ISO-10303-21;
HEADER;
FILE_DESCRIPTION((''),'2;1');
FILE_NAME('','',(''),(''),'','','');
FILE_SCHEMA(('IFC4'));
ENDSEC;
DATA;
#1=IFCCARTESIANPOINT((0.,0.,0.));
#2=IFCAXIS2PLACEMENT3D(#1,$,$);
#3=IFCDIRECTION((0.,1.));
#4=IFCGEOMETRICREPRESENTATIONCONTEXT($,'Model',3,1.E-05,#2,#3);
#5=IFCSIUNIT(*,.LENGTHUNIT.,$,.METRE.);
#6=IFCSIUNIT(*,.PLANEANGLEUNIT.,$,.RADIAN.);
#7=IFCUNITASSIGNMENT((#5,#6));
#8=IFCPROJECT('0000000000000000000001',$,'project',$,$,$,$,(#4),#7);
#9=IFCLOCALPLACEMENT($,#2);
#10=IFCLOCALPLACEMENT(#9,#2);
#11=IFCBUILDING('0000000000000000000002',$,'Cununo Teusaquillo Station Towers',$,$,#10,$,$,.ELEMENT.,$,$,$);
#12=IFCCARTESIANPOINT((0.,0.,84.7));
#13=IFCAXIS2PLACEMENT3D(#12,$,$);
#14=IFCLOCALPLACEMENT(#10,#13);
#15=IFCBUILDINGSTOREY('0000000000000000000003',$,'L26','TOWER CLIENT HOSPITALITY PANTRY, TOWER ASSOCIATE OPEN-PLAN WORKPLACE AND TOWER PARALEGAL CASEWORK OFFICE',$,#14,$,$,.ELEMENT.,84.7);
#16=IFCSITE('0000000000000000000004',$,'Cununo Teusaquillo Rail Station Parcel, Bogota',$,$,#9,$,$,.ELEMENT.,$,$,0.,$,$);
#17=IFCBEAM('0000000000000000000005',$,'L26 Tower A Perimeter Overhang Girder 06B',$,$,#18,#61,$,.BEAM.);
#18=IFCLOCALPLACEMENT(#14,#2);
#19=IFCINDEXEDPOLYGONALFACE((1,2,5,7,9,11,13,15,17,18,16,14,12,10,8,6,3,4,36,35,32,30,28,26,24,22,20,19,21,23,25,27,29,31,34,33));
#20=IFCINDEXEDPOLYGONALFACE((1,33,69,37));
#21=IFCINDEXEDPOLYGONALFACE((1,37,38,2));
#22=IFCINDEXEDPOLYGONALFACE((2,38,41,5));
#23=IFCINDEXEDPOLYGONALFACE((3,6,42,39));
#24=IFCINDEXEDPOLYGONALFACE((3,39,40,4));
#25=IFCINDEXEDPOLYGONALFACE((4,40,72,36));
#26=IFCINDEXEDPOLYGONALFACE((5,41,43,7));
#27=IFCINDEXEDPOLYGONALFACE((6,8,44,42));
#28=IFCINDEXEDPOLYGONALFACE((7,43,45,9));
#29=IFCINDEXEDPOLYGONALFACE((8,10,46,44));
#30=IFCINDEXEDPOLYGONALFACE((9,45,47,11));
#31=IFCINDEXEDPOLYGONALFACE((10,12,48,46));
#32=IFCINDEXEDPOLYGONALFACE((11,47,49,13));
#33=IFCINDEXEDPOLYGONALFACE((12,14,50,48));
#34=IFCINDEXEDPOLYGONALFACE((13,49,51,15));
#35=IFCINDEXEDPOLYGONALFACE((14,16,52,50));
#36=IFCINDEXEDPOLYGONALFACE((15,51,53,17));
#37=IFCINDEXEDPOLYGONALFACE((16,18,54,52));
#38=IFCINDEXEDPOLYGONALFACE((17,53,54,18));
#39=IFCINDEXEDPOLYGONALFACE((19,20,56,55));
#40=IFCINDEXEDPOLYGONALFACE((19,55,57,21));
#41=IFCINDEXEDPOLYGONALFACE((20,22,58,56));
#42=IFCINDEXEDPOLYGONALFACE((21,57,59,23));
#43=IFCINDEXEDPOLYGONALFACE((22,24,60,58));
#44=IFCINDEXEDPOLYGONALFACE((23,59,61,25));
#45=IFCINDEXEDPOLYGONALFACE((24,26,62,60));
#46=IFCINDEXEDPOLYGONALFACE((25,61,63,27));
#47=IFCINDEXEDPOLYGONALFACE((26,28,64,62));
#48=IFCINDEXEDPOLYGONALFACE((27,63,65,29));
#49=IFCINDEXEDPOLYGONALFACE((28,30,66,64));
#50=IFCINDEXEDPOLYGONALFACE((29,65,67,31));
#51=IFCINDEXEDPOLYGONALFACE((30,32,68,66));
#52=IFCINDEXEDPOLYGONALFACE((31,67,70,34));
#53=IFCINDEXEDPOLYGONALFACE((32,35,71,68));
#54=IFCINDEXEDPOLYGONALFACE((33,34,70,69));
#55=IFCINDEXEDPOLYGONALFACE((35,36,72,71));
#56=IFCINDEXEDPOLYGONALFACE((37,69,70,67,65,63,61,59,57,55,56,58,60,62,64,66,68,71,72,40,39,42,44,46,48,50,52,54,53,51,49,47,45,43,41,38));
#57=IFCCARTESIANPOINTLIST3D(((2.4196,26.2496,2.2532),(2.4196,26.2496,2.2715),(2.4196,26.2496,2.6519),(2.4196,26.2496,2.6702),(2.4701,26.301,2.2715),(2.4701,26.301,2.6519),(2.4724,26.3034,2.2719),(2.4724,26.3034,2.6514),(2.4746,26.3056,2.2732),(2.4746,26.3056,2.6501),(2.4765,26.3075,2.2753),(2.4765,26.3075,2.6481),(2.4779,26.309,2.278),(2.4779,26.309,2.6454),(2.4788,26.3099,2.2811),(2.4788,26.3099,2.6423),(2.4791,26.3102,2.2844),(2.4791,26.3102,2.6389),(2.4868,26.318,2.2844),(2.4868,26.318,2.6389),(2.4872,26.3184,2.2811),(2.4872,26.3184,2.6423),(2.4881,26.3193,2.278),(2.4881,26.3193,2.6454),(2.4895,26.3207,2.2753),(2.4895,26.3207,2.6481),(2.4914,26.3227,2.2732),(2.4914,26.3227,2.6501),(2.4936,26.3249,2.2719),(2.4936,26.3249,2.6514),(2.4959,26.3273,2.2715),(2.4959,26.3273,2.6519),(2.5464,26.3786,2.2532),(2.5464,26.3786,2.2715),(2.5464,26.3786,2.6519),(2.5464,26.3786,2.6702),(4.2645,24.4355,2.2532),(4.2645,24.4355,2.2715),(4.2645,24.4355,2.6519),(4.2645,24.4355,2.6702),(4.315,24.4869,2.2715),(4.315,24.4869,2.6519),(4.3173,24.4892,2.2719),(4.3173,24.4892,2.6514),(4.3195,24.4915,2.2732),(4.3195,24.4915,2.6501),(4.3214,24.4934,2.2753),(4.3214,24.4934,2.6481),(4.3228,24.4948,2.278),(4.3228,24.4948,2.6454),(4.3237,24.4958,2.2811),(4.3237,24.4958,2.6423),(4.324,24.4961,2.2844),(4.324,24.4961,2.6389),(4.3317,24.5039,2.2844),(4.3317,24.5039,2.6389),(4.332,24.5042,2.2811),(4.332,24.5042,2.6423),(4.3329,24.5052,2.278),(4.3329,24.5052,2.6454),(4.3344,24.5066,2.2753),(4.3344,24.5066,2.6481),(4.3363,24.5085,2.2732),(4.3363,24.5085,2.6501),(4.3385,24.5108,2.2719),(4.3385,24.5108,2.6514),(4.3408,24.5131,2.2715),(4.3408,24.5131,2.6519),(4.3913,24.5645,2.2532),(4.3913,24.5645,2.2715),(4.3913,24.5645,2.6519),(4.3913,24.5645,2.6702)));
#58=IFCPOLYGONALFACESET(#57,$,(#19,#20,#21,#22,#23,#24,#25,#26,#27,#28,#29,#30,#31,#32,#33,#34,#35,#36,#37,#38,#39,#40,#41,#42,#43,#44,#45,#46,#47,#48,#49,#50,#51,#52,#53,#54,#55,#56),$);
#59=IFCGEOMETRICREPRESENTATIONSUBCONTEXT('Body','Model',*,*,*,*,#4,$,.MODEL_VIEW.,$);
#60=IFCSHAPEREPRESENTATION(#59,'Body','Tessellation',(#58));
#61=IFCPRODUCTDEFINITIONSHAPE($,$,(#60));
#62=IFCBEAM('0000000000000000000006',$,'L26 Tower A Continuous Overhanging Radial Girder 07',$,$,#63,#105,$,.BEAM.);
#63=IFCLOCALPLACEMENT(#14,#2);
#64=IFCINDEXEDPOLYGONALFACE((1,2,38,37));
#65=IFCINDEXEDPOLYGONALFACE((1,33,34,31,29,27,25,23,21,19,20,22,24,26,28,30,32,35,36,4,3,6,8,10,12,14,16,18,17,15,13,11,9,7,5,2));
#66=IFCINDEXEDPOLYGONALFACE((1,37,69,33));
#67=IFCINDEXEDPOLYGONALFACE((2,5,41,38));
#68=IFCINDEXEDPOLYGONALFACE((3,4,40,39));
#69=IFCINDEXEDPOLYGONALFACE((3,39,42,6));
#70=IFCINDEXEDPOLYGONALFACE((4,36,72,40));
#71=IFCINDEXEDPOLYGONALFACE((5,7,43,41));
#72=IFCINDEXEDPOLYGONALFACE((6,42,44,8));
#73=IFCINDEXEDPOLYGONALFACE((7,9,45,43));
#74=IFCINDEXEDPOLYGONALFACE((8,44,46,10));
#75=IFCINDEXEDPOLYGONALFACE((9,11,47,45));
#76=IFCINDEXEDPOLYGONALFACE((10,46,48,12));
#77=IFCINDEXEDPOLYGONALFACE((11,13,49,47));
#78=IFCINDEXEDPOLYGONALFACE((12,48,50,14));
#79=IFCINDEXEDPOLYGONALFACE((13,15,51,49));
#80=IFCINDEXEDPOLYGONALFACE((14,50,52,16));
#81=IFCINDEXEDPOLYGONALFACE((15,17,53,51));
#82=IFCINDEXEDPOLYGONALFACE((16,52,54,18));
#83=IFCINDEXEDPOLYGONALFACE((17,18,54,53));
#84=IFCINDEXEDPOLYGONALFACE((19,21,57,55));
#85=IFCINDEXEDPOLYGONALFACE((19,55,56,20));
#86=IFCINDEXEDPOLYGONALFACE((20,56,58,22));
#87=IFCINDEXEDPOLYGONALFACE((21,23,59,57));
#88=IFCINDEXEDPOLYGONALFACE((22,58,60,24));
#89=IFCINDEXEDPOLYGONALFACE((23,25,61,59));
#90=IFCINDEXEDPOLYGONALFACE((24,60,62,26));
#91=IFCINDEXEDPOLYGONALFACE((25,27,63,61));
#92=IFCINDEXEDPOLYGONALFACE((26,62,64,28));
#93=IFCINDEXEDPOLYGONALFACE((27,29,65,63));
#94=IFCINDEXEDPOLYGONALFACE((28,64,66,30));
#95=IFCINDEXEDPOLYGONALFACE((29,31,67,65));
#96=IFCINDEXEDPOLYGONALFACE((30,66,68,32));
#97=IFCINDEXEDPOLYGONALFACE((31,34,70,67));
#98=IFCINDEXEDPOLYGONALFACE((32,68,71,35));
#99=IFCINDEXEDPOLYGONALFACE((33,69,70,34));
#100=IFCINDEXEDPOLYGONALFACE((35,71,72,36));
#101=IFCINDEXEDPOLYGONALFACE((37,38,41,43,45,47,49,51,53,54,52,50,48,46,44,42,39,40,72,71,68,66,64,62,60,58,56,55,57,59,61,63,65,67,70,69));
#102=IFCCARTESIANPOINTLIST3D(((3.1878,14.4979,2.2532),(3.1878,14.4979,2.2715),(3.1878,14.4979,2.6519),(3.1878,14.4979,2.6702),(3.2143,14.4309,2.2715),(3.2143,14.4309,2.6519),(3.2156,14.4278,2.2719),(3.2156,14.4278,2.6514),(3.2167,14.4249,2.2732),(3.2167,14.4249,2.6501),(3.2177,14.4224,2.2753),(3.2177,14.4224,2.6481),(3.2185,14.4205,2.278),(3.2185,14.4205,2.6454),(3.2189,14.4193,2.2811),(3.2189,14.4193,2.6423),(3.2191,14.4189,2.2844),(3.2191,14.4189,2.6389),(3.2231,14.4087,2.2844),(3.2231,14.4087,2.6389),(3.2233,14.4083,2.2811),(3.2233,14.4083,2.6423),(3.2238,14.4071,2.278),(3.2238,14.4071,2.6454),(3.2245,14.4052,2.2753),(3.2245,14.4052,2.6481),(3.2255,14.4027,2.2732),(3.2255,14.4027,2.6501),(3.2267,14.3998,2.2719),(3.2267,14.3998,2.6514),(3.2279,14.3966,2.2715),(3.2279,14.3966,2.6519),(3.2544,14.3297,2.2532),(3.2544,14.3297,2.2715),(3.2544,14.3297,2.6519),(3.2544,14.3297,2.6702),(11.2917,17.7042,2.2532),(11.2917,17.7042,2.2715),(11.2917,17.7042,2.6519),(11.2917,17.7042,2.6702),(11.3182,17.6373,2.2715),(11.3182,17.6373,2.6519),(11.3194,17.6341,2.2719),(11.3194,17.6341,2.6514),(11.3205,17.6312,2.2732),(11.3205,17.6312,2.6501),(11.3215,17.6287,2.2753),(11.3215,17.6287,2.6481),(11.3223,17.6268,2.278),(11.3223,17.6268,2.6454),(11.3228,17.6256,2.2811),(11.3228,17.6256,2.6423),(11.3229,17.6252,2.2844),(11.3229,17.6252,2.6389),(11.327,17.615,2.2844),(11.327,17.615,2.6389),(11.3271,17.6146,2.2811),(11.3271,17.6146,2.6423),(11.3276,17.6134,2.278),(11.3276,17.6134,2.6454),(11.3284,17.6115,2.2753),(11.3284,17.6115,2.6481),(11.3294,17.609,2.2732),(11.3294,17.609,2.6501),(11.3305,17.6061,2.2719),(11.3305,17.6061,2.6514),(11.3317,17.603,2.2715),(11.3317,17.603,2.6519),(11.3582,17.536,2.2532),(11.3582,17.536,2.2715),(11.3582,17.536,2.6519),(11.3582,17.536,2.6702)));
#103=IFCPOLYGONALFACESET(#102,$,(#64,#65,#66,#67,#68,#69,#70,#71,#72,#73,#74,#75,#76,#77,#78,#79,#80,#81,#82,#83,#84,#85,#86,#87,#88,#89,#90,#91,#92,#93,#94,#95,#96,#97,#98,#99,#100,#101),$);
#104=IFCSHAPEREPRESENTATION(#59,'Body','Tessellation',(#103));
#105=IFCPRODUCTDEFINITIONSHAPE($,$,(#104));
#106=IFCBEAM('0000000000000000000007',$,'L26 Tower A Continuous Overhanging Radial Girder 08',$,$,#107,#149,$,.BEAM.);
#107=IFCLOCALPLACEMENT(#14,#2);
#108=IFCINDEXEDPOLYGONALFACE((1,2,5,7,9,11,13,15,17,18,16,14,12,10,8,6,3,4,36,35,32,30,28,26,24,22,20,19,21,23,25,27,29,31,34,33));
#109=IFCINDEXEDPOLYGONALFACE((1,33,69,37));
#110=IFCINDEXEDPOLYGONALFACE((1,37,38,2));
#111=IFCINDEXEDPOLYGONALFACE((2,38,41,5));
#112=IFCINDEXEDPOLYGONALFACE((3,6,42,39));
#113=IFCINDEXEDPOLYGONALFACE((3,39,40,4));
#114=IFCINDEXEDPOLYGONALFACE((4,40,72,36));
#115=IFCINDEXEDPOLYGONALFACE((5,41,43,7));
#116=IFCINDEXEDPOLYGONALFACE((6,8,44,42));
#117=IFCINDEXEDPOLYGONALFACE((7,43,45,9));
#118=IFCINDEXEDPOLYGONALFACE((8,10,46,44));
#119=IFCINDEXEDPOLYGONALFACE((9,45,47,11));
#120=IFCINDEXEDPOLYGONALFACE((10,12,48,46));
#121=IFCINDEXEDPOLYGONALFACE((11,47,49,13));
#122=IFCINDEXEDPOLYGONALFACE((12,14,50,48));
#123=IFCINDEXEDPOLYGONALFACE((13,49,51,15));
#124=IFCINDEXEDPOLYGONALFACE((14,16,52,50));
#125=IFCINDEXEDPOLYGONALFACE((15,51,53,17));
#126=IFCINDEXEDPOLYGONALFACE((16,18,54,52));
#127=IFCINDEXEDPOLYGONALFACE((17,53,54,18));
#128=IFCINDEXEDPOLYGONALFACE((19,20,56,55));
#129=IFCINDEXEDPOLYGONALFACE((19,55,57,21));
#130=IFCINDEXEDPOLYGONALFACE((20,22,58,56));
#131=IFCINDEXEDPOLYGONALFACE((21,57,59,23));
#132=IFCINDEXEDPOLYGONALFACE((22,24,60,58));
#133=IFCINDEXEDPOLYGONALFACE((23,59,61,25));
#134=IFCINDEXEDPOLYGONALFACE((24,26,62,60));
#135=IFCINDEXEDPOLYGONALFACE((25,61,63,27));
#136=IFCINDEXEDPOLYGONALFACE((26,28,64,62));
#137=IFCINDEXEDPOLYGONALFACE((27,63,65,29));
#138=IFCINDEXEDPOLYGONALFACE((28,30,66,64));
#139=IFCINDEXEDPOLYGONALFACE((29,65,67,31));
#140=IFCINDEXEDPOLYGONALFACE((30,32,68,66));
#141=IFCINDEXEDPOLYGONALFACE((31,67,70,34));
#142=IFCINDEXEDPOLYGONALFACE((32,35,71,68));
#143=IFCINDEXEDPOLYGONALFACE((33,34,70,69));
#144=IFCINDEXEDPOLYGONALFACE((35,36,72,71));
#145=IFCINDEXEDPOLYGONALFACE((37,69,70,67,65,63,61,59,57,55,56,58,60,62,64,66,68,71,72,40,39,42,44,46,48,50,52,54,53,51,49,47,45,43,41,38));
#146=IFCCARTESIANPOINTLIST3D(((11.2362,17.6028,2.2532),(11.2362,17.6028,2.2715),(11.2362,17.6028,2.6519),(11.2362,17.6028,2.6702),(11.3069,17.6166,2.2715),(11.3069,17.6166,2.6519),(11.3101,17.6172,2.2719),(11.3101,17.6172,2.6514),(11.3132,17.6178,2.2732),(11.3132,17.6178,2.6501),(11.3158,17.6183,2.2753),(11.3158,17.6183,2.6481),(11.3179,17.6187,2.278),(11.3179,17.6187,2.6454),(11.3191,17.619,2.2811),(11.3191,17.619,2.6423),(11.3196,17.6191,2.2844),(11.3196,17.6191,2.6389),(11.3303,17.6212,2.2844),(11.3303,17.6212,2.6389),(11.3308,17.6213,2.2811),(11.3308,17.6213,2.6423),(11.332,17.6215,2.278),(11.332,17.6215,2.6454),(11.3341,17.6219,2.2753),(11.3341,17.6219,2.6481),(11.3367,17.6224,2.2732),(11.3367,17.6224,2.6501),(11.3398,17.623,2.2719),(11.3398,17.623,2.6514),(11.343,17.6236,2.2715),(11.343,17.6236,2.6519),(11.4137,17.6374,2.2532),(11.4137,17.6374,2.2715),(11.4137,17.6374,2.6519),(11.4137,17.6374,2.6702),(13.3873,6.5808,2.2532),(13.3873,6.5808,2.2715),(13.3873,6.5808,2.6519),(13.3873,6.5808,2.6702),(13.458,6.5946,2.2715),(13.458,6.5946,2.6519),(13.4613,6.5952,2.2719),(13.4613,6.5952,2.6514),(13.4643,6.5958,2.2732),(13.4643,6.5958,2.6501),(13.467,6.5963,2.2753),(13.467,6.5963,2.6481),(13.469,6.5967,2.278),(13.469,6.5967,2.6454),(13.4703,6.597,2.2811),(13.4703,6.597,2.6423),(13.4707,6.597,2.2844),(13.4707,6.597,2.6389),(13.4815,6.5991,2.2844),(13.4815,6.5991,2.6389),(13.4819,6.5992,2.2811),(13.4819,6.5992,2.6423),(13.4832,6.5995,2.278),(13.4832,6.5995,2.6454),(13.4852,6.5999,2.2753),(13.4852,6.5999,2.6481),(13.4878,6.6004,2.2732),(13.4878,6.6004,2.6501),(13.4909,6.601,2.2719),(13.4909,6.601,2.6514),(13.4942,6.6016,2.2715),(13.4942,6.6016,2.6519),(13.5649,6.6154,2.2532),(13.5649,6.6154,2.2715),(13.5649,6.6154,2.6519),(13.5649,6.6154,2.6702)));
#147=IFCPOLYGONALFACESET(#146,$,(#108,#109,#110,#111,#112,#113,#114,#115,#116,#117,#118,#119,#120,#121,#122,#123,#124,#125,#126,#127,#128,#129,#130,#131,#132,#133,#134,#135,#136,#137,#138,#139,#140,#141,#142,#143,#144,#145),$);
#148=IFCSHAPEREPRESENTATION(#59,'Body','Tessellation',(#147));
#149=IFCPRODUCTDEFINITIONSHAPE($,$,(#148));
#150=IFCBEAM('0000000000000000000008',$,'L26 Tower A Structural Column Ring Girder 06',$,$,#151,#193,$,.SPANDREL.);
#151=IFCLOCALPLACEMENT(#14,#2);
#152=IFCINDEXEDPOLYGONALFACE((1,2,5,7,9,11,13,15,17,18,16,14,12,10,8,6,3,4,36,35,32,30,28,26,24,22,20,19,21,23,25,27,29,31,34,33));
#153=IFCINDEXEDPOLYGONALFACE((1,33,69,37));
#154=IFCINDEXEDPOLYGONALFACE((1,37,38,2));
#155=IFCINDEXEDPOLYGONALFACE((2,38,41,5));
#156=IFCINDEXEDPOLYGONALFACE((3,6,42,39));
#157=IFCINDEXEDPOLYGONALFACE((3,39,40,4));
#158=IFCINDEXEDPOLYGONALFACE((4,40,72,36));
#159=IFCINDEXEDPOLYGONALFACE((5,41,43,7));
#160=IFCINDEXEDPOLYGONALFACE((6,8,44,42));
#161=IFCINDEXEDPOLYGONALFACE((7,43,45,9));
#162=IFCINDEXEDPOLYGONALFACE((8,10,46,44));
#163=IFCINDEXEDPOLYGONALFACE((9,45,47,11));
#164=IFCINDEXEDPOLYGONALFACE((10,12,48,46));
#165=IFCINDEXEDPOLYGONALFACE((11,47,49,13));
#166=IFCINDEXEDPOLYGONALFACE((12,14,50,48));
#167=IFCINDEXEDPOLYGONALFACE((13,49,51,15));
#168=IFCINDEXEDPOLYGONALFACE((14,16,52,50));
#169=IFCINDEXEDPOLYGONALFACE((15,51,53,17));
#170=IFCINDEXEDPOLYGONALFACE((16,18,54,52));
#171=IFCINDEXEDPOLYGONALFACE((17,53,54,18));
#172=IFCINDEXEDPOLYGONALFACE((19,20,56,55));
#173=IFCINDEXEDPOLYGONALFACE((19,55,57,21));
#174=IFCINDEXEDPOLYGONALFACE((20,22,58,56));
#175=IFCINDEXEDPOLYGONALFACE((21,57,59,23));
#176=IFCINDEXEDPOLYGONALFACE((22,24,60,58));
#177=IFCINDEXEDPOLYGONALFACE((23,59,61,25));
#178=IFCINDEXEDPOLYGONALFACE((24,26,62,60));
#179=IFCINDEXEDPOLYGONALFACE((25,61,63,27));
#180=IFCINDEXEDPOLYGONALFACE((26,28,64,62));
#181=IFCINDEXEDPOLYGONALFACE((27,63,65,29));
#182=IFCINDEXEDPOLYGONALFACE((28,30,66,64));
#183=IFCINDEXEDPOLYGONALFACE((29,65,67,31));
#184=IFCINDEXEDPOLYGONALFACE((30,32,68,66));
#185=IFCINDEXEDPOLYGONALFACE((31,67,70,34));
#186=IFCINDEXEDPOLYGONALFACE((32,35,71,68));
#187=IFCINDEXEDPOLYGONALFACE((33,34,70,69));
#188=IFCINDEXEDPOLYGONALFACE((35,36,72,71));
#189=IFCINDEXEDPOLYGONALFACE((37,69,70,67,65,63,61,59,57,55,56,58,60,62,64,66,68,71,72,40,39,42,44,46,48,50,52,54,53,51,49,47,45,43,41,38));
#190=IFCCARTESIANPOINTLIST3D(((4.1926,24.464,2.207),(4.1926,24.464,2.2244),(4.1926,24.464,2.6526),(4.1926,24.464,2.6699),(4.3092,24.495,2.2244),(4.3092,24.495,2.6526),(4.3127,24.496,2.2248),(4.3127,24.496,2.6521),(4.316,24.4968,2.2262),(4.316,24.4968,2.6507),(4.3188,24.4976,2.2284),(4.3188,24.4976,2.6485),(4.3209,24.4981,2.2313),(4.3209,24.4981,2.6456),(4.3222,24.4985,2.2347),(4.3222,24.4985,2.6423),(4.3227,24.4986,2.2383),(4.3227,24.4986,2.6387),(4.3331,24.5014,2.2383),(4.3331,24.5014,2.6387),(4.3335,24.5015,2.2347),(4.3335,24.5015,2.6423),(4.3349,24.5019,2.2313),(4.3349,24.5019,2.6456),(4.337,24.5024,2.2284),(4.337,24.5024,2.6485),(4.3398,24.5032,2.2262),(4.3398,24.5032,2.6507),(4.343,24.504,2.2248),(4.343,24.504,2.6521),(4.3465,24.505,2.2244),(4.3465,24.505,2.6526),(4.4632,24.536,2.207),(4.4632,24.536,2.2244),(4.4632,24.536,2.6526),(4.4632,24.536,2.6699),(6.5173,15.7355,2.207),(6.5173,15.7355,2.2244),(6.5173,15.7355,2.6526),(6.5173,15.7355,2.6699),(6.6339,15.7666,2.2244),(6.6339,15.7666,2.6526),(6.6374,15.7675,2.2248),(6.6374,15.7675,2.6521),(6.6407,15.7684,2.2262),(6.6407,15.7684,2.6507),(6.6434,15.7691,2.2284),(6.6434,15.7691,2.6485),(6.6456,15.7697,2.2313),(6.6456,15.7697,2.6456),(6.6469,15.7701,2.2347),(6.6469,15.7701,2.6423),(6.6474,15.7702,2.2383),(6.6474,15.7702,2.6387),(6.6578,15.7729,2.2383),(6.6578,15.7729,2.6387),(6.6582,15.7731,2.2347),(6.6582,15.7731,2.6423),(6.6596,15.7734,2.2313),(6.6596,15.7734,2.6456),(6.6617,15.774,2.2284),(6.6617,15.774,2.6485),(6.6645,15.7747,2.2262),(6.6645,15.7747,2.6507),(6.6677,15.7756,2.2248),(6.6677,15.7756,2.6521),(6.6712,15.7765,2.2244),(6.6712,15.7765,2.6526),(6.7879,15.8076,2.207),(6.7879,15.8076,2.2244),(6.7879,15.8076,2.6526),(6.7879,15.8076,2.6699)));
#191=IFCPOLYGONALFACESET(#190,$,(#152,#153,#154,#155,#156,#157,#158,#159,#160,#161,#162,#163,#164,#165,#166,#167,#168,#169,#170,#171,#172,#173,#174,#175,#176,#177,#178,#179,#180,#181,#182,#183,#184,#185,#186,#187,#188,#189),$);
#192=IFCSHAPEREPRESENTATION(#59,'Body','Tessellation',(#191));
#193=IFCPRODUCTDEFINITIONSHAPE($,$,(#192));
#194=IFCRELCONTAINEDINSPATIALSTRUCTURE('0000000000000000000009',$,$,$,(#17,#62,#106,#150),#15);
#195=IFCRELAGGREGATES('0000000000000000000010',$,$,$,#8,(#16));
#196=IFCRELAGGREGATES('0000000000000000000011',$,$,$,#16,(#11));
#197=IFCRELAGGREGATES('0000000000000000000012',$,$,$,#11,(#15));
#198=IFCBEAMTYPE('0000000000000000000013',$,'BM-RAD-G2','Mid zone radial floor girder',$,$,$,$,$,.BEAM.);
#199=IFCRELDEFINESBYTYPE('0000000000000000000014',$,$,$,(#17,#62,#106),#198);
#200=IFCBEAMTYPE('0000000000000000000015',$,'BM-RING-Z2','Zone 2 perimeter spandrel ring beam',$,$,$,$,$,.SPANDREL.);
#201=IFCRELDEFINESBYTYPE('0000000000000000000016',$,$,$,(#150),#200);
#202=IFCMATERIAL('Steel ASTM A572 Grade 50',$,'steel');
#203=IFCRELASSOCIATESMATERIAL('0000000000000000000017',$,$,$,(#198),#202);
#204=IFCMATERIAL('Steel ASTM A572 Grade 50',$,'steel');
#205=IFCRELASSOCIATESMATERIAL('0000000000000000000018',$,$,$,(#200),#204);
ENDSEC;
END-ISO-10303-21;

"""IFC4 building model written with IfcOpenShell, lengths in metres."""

from ifc_helpers import new_model, si_unit, direction, frame, origin, origin_2d, place, context, subcontext, project, spatial, i_section, extrude, material, material_profile, profile_set, type_object, element, save


model = new_model("IFC4")

# Units and contexts
model_context = context("Model", 3, precision=1e-05, world=origin(), true_north=direction((0.0, 1.0)))
body_context = subcontext(model_context, "Body", "Model", "MODEL_VIEW")
ifc_project = project(units=[si_unit("LENGTHUNIT", "METRE"), si_unit("PLANEANGLEUNIT", "RADIAN")], contexts=[model_context])

# Site, building, storey
site_placement = place(None, origin())
site = spatial("IfcSite", under=ifc_project, at=site_placement, Name="Cununo Teusaquillo Rail Station Parcel, Bogota", CompositionType="ELEMENT", RefElevation=0.0)
building_placement = place(site_placement, origin())
building = spatial("IfcBuilding", under=site, at=building_placement, Name="Cununo Teusaquillo Station Towers", CompositionType="ELEMENT")
storey_placement = place(building_placement, frame((0.0, 0.0, 84.7)))
storey = spatial("IfcBuildingStorey", under=building, at=storey_placement, Name="L26", Description="TOWER CLIENT HOSPITALITY PANTRY, TOWER ASSOCIATE OPEN-PLAN WORKPLACE AND TOWER PARALEGAL CASEWORK OFFICE", CompositionType="ELEMENT", Elevation=84.7)

# Beams
ifc_material_1 = material(Name="Steel ASTM A572 Grade 50", Category="steel")
ifc_material_profile_1 = material_profile(ifc_material_1, i_section(OverallWidth=0.1809, OverallDepth=0.417, WebThickness=0.011, FlangeThickness=0.0183, FilletRadius=0.0129, at=origin_2d()), Name="W16X57")
ifc_profile_set_1 = profile_set([ifc_material_profile_1], Name="Steel ASTM A572 Grade 50")
beam_type_1 = type_object("IfcBeamType", Name="BM-RAD-G2", Description="Mid zone radial floor girder", PredefinedType="BEAM", material=ifc_profile_set_1)
beam_1_placement = place(storey_placement, frame((4.3279, 24.5, 2.4617), z_axis=(-0.713026, 0.701138, 0.0), x_axis=(-0.701138, -0.713026, 0.0)))
element("IfcBeam", 1, at=beam_1_placement, inside=storey, type_object=beam_type_1, Name="L26 Tower A Perimeter Overhang Girder 06B", PredefinedType="BEAM", context=body_context, shape_type="SweptSolid", body=[
    extrude(i_section(OverallWidth=0.1809, OverallDepth=0.417, WebThickness=0.011, FlangeThickness=0.0183, FilletRadius=0.0129, at=origin_2d()), origin(), (0.0, 0.0, 1.0), 2.5874),
])
beam_2_placement = place(storey_placement, frame((11.325, 17.6201, 2.4617), z_axis=(-0.929863, -0.367906, 0.0), x_axis=(0.367906, -0.929863, 0.0)))
element("IfcBeam", 2, at=beam_2_placement, inside=storey, type_object=beam_type_1, Name="L26 Tower A Continuous Overhanging Radial Girder 07", PredefinedType="BEAM", context=body_context, shape_type="SweptSolid", body=[
    extrude(i_section(OverallWidth=0.1809, OverallDepth=0.417, WebThickness=0.011, FlangeThickness=0.0183, FilletRadius=0.0129, at=origin_2d()), origin(), (0.0, 0.0, 1.0), 8.7151),
])
beam_3_placement = place(storey_placement, frame((11.325, 17.6201, 2.4617), z_axis=(0.191553, -0.981482, 0.0), x_axis=(0.981482, 0.191553, 0.0)))
element("IfcBeam", 3, at=beam_3_placement, inside=storey, type_object=beam_type_1, Name="L26 Tower A Continuous Overhanging Radial Girder 08", PredefinedType="BEAM", context=body_context, shape_type="SweptSolid", body=[
    extrude(i_section(OverallWidth=0.1809, OverallDepth=0.417, WebThickness=0.011, FlangeThickness=0.0183, FilletRadius=0.0129, at=origin_2d()), origin(), (0.0, 0.0, 1.0), 11.23),
])
ifc_material_2 = material(Name="Steel ASTM A572 Grade 50", Category="steel")
ifc_material_profile_2 = material_profile(ifc_material_2, i_section(OverallWidth=0.28, OverallDepth=0.4629, WebThickness=0.0107, FlangeThickness=0.0173, FilletRadius=0.0139, at=origin_2d()), Name="W18X76")
ifc_profile_set_2 = profile_set([ifc_material_profile_2], Name="Steel ASTM A572 Grade 50")
beam_type_2 = type_object("IfcBeamType", Name="BM-RING-Z2", Description="Zone 2 perimeter spandrel ring beam", PredefinedType="SPANDREL", material=ifc_profile_set_2)
beam_4_placement = place(storey_placement, frame((4.3279, 24.5, 2.4385), z_axis=(0.257363, -0.966315, 0.0), x_axis=(0.966315, 0.257363, 0.0)))
element("IfcBeam", 4, at=beam_4_placement, inside=storey, type_object=beam_type_2, Name="L26 Tower A Structural Column Ring Girder 06", PredefinedType="SPANDREL", context=body_context, shape_type="SweptSolid", body=[
    extrude(i_section(OverallWidth=0.28, OverallDepth=0.4629, WebThickness=0.0107, FlangeThickness=0.0173, FilletRadius=0.0139, at=origin_2d()), origin(), (0.0, 0.0, 1.0), 9.0327),
])

save(model, "model.ifc")
